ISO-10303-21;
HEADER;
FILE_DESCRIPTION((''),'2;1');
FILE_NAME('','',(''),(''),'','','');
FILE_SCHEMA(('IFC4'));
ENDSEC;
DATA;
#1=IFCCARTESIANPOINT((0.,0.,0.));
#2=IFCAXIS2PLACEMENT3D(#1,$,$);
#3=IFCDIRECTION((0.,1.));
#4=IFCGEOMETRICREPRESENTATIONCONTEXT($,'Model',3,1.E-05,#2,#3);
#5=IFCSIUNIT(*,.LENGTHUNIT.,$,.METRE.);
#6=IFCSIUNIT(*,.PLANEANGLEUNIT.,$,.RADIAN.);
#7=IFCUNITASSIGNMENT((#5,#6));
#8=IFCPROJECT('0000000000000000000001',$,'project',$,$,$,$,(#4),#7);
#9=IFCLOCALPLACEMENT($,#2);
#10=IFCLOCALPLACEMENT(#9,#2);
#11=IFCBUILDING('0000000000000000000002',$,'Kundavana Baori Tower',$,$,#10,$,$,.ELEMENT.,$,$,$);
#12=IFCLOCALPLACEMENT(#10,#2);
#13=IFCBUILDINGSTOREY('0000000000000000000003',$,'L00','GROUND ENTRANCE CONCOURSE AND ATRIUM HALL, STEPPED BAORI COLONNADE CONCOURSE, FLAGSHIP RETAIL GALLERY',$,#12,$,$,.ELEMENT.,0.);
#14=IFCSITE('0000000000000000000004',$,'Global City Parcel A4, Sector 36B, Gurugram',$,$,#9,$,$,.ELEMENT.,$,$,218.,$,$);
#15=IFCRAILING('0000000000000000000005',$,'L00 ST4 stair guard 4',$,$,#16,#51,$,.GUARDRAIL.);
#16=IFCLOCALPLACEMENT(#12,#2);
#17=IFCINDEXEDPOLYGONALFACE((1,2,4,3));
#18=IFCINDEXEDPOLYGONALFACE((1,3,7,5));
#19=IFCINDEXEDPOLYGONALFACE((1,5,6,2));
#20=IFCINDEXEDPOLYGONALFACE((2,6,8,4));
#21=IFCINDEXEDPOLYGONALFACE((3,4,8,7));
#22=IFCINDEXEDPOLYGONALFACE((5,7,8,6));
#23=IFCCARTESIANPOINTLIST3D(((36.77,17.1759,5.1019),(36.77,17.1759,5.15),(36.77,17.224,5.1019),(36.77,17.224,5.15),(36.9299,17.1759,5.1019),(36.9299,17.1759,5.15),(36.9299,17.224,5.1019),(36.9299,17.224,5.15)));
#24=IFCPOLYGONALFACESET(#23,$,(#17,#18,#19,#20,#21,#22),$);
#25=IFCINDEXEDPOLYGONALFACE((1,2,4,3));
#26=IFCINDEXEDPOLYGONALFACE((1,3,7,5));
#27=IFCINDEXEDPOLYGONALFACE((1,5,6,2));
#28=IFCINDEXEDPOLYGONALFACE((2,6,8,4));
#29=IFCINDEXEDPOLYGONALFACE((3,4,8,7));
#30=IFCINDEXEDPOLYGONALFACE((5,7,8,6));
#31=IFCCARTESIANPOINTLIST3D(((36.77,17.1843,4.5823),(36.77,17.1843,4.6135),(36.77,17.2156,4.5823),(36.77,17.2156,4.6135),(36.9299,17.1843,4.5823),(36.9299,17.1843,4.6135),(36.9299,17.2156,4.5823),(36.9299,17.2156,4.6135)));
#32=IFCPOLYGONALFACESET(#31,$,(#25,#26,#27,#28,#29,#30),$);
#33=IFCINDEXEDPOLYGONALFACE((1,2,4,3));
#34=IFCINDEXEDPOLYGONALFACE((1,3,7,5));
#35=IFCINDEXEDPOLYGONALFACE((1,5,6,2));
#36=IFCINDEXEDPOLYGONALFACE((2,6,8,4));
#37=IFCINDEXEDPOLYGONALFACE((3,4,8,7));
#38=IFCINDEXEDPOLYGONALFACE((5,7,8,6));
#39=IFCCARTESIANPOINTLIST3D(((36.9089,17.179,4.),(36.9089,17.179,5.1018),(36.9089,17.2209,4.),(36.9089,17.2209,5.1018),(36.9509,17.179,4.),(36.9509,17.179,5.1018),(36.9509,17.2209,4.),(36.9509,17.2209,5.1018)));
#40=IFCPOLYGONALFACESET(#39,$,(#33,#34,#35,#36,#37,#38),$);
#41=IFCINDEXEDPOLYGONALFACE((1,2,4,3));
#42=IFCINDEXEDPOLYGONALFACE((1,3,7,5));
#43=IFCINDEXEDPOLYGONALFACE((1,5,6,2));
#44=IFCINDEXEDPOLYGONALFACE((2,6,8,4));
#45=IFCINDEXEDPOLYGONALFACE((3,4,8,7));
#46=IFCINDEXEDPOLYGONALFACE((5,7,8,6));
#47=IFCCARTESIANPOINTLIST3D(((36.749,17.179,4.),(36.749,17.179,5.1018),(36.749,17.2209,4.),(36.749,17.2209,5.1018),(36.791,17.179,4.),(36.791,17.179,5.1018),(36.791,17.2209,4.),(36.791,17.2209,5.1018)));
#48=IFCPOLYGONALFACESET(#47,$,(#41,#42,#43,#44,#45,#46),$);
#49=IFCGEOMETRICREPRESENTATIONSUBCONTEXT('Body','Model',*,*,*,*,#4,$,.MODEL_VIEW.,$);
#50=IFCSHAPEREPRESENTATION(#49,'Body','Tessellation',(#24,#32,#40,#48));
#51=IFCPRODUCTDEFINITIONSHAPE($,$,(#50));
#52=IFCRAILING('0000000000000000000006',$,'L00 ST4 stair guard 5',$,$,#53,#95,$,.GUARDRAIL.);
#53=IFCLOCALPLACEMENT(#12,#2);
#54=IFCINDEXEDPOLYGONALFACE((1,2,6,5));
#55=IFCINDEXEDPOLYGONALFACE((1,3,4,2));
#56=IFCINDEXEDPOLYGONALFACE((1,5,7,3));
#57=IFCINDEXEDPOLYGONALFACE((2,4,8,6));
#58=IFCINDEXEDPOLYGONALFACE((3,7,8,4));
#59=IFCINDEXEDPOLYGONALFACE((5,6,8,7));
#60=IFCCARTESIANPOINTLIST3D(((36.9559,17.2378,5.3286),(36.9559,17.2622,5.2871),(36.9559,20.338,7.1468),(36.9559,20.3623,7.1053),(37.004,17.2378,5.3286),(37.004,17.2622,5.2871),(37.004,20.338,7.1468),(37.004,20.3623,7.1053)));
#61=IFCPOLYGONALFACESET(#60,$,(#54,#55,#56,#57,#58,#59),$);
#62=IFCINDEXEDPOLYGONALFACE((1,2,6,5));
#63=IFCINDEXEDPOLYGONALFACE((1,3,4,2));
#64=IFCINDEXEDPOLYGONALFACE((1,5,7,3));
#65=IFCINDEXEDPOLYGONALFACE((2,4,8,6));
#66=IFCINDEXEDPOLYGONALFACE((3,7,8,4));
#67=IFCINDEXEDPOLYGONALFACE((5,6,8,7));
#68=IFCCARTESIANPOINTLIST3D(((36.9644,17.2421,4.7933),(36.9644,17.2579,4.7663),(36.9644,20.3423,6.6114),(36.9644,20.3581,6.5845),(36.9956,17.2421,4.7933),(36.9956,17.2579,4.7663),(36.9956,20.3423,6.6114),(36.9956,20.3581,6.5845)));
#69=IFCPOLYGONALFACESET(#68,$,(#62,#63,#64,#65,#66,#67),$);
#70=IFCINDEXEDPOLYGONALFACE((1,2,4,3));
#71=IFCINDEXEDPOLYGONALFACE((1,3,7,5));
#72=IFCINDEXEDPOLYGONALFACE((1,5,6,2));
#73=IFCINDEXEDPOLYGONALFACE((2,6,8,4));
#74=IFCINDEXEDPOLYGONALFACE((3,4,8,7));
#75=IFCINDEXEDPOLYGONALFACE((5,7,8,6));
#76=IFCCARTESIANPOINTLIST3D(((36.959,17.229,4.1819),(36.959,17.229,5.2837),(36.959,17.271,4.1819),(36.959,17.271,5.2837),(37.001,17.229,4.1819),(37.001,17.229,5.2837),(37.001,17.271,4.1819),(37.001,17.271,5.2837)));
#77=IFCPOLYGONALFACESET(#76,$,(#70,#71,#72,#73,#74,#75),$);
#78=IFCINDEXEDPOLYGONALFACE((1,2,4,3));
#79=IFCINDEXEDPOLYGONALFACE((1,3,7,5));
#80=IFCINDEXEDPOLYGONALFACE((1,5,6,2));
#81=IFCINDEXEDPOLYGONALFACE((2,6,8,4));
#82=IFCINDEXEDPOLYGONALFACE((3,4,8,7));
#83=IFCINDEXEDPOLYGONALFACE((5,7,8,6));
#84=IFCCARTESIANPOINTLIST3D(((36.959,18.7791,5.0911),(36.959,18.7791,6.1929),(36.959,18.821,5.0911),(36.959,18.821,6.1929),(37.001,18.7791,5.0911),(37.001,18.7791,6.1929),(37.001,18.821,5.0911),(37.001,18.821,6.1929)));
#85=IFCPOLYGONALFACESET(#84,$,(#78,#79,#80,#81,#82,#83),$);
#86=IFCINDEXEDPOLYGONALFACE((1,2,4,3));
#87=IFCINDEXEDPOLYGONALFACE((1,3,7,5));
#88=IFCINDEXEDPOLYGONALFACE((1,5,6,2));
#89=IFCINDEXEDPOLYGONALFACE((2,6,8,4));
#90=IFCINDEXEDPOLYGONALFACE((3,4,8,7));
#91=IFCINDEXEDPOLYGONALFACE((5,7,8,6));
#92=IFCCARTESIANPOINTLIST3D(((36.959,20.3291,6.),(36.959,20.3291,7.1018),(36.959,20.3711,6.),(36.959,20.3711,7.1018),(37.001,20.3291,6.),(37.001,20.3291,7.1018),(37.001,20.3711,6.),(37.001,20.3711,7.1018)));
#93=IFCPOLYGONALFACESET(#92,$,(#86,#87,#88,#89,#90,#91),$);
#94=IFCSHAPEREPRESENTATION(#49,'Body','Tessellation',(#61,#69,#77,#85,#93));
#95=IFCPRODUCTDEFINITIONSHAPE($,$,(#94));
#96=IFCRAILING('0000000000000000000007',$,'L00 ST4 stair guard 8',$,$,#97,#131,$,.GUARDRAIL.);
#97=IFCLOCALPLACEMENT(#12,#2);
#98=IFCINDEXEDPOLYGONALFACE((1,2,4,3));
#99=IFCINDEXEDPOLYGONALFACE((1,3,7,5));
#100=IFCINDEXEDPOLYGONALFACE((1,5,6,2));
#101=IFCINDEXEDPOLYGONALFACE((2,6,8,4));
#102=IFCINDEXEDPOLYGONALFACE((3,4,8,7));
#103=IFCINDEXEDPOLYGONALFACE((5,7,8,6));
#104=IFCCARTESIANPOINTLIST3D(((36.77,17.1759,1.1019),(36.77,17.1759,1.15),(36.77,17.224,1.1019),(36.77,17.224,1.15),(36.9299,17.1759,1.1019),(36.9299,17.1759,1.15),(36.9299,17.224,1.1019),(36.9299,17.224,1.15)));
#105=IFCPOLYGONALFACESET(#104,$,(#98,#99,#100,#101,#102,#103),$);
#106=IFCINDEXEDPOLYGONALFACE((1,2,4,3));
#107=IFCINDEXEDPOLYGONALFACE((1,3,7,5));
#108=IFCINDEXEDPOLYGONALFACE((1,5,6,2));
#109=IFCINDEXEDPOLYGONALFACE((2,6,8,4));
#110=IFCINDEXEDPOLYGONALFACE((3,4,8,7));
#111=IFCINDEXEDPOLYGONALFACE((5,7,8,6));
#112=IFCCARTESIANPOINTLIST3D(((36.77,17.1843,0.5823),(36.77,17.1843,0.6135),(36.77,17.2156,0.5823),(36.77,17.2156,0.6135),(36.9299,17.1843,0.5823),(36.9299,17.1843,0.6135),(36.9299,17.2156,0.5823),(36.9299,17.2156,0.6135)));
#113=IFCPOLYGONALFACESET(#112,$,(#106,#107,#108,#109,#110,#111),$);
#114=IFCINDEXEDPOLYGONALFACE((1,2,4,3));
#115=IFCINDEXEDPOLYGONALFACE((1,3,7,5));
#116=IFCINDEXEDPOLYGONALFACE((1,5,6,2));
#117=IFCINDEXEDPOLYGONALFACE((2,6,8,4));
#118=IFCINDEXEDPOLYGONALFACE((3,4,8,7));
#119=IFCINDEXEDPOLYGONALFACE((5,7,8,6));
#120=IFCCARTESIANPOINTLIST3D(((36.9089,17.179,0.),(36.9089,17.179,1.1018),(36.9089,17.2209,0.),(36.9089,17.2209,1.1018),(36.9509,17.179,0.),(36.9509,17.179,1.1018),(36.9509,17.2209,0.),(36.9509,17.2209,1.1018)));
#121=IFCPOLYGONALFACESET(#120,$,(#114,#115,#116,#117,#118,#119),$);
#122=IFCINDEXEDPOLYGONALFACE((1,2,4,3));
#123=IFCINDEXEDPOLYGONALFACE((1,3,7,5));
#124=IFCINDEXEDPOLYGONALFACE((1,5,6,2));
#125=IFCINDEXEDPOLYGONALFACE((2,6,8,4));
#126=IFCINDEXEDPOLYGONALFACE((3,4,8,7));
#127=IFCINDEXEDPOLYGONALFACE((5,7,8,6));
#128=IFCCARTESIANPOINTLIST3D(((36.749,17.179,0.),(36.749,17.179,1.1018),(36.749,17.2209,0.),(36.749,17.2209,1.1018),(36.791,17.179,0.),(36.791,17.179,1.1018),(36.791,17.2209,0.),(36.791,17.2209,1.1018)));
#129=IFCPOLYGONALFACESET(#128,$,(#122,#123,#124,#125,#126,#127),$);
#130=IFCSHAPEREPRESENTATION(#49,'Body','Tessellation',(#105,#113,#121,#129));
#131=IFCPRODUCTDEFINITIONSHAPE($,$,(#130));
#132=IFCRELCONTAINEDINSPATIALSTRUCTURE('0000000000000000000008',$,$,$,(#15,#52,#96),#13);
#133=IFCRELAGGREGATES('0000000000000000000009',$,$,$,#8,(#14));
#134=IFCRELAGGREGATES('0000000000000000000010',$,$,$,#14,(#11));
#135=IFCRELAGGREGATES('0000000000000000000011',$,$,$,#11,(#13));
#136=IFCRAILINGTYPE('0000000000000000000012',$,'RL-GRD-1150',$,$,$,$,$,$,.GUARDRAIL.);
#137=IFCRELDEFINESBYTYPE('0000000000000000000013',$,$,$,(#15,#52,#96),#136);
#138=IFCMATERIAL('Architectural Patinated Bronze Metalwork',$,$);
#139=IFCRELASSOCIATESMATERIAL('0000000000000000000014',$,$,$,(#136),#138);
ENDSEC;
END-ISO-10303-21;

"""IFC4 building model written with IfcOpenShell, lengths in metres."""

from ifc_helpers import new_model, si_unit, direction, frame, origin, origin_2d, place, context, subcontext, project, spatial, rectangle, extrude, material, type_object, element, save


model = new_model("IFC4")

# Units and contexts
model_context = context("Model", 3, precision=1e-05, world=origin(), true_north=direction((0.0, 1.0)))
body_context = subcontext(model_context, "Body", "Model", "MODEL_VIEW")
ifc_project = project(units=[si_unit("LENGTHUNIT", "METRE"), si_unit("PLANEANGLEUNIT", "RADIAN")], contexts=[model_context])

# Site, building, storey
site_placement = place(None, origin())
site = spatial("IfcSite", under=ifc_project, at=site_placement, Name="Global City Parcel A4, Sector 36B, Gurugram", CompositionType="ELEMENT", RefElevation=218.0)
building_placement = place(site_placement, origin())
building = spatial("IfcBuilding", under=site, at=building_placement, Name="Kundavana Baori Tower", CompositionType="ELEMENT")
storey_placement = place(building_placement, origin())
storey = spatial("IfcBuildingStorey", under=building, at=storey_placement, Name="L00", Description="GROUND ENTRANCE CONCOURSE AND ATRIUM HALL, STEPPED BAORI COLONNADE CONCOURSE, FLAGSHIP RETAIL GALLERY", CompositionType="ELEMENT", Elevation=0.0)

# Railings
ifc_material_1 = material(Name="Architectural Patinated Bronze Metalwork")
railing_type = type_object("IfcRailingType", Name="RL-GRD-1150", PredefinedType="GUARDRAIL", material=ifc_material_1)
railing_1_placement = place(storey_placement, frame((36.9299, 17.2, 4.0)))
element("IfcRailing", 1, at=railing_1_placement, inside=storey, type_object=railing_type, Name="L00 ST4 stair guard 4", PredefinedType="GUARDRAIL", context=body_context, shape_type="SweptSolid", body=[
    extrude(rectangle(XDim=0.0481, YDim=0.0481, at=origin_2d()), frame((0.0, 0.0, 1.126), z_axis=(-1.0, 0.0, 0.0), x_axis=(0.0, -1.0, 0.0)), (0.0, 0.0, 1.0), 0.1599),
    extrude(rectangle(XDim=0.0312, YDim=0.0312, at=origin_2d()), frame((0.0, 0.0, 0.5979), z_axis=(-1.0, 0.0, 0.0), x_axis=(0.0, -1.0, 0.0)), (0.0, 0.0, 1.0), 0.1599),
    extrude(rectangle(XDim=0.042, YDim=0.042, at=origin_2d()), origin(), (0.0, 0.0, 1.0), 1.1018),
    extrude(rectangle(XDim=0.042, YDim=0.042, at=origin_2d()), frame((-0.1599, 0.0, 0.0)), (0.0, 0.0, 1.0), 1.1018),
])
railing_2_placement = place(storey_placement, frame((36.98, 17.25, 4.1819)))
element("IfcRailing", 2, at=railing_2_placement, inside=storey, type_object=railing_type, Name="L00 ST4 stair guard 5", PredefinedType="GUARDRAIL", context=body_context, shape_type="SweptSolid", body=[
    extrude(rectangle(XDim=0.0481, YDim=0.0481, at=origin_2d()), frame((0.0, 0.0, 1.126), z_axis=(0.0, 0.862599, 0.505889), x_axis=(-1.0, 0.0, 0.0)), (0.0, 0.0, 1.0), 3.594),
    extrude(rectangle(XDim=0.0312, YDim=0.0312, at=origin_2d()), frame((0.0, 0.0, 0.5979), z_axis=(0.0, 0.862599, 0.505889), x_axis=(-1.0, 0.0, 0.0)), (0.0, 0.0, 1.0), 3.594),
    extrude(rectangle(XDim=0.042, YDim=0.042, at=origin_2d()), origin(), (0.0, 0.0, 1.0), 1.1018),
    extrude(rectangle(XDim=0.042, YDim=0.042, at=origin_2d()), frame((0.0, 1.55, 0.9092)), (0.0, 0.0, 1.0), 1.1018),
    extrude(rectangle(XDim=0.042, YDim=0.042, at=origin_2d()), frame((0.0, 3.1001, 1.8181)), (0.0, 0.0, 1.0), 1.1018),
])
railing_3_placement = place(storey_placement, frame((36.9299, 17.2, 0.0)))
element("IfcRailing", 3, at=railing_3_placement, inside=storey, type_object=railing_type, Name="L00 ST4 stair guard 8", PredefinedType="GUARDRAIL", context=body_context, shape_type="SweptSolid", body=[
    extrude(rectangle(XDim=0.0481, YDim=0.0481, at=origin_2d()), frame((0.0, 0.0, 1.126), z_axis=(-1.0, 0.0, 0.0), x_axis=(0.0, -1.0, 0.0)), (0.0, 0.0, 1.0), 0.1599),
    extrude(rectangle(XDim=0.0312, YDim=0.0312, at=origin_2d()), frame((0.0, 0.0, 0.5979), z_axis=(-1.0, 0.0, 0.0), x_axis=(0.0, -1.0, 0.0)), (0.0, 0.0, 1.0), 0.1599),
    extrude(rectangle(XDim=0.042, YDim=0.042, at=origin_2d()), origin(), (0.0, 0.0, 1.0), 1.1018),
    extrude(rectangle(XDim=0.042, YDim=0.042, at=origin_2d()), frame((-0.1599, 0.0, 0.0)), (0.0, 0.0, 1.0), 1.1018),
])

save(model, "model.ifc")
